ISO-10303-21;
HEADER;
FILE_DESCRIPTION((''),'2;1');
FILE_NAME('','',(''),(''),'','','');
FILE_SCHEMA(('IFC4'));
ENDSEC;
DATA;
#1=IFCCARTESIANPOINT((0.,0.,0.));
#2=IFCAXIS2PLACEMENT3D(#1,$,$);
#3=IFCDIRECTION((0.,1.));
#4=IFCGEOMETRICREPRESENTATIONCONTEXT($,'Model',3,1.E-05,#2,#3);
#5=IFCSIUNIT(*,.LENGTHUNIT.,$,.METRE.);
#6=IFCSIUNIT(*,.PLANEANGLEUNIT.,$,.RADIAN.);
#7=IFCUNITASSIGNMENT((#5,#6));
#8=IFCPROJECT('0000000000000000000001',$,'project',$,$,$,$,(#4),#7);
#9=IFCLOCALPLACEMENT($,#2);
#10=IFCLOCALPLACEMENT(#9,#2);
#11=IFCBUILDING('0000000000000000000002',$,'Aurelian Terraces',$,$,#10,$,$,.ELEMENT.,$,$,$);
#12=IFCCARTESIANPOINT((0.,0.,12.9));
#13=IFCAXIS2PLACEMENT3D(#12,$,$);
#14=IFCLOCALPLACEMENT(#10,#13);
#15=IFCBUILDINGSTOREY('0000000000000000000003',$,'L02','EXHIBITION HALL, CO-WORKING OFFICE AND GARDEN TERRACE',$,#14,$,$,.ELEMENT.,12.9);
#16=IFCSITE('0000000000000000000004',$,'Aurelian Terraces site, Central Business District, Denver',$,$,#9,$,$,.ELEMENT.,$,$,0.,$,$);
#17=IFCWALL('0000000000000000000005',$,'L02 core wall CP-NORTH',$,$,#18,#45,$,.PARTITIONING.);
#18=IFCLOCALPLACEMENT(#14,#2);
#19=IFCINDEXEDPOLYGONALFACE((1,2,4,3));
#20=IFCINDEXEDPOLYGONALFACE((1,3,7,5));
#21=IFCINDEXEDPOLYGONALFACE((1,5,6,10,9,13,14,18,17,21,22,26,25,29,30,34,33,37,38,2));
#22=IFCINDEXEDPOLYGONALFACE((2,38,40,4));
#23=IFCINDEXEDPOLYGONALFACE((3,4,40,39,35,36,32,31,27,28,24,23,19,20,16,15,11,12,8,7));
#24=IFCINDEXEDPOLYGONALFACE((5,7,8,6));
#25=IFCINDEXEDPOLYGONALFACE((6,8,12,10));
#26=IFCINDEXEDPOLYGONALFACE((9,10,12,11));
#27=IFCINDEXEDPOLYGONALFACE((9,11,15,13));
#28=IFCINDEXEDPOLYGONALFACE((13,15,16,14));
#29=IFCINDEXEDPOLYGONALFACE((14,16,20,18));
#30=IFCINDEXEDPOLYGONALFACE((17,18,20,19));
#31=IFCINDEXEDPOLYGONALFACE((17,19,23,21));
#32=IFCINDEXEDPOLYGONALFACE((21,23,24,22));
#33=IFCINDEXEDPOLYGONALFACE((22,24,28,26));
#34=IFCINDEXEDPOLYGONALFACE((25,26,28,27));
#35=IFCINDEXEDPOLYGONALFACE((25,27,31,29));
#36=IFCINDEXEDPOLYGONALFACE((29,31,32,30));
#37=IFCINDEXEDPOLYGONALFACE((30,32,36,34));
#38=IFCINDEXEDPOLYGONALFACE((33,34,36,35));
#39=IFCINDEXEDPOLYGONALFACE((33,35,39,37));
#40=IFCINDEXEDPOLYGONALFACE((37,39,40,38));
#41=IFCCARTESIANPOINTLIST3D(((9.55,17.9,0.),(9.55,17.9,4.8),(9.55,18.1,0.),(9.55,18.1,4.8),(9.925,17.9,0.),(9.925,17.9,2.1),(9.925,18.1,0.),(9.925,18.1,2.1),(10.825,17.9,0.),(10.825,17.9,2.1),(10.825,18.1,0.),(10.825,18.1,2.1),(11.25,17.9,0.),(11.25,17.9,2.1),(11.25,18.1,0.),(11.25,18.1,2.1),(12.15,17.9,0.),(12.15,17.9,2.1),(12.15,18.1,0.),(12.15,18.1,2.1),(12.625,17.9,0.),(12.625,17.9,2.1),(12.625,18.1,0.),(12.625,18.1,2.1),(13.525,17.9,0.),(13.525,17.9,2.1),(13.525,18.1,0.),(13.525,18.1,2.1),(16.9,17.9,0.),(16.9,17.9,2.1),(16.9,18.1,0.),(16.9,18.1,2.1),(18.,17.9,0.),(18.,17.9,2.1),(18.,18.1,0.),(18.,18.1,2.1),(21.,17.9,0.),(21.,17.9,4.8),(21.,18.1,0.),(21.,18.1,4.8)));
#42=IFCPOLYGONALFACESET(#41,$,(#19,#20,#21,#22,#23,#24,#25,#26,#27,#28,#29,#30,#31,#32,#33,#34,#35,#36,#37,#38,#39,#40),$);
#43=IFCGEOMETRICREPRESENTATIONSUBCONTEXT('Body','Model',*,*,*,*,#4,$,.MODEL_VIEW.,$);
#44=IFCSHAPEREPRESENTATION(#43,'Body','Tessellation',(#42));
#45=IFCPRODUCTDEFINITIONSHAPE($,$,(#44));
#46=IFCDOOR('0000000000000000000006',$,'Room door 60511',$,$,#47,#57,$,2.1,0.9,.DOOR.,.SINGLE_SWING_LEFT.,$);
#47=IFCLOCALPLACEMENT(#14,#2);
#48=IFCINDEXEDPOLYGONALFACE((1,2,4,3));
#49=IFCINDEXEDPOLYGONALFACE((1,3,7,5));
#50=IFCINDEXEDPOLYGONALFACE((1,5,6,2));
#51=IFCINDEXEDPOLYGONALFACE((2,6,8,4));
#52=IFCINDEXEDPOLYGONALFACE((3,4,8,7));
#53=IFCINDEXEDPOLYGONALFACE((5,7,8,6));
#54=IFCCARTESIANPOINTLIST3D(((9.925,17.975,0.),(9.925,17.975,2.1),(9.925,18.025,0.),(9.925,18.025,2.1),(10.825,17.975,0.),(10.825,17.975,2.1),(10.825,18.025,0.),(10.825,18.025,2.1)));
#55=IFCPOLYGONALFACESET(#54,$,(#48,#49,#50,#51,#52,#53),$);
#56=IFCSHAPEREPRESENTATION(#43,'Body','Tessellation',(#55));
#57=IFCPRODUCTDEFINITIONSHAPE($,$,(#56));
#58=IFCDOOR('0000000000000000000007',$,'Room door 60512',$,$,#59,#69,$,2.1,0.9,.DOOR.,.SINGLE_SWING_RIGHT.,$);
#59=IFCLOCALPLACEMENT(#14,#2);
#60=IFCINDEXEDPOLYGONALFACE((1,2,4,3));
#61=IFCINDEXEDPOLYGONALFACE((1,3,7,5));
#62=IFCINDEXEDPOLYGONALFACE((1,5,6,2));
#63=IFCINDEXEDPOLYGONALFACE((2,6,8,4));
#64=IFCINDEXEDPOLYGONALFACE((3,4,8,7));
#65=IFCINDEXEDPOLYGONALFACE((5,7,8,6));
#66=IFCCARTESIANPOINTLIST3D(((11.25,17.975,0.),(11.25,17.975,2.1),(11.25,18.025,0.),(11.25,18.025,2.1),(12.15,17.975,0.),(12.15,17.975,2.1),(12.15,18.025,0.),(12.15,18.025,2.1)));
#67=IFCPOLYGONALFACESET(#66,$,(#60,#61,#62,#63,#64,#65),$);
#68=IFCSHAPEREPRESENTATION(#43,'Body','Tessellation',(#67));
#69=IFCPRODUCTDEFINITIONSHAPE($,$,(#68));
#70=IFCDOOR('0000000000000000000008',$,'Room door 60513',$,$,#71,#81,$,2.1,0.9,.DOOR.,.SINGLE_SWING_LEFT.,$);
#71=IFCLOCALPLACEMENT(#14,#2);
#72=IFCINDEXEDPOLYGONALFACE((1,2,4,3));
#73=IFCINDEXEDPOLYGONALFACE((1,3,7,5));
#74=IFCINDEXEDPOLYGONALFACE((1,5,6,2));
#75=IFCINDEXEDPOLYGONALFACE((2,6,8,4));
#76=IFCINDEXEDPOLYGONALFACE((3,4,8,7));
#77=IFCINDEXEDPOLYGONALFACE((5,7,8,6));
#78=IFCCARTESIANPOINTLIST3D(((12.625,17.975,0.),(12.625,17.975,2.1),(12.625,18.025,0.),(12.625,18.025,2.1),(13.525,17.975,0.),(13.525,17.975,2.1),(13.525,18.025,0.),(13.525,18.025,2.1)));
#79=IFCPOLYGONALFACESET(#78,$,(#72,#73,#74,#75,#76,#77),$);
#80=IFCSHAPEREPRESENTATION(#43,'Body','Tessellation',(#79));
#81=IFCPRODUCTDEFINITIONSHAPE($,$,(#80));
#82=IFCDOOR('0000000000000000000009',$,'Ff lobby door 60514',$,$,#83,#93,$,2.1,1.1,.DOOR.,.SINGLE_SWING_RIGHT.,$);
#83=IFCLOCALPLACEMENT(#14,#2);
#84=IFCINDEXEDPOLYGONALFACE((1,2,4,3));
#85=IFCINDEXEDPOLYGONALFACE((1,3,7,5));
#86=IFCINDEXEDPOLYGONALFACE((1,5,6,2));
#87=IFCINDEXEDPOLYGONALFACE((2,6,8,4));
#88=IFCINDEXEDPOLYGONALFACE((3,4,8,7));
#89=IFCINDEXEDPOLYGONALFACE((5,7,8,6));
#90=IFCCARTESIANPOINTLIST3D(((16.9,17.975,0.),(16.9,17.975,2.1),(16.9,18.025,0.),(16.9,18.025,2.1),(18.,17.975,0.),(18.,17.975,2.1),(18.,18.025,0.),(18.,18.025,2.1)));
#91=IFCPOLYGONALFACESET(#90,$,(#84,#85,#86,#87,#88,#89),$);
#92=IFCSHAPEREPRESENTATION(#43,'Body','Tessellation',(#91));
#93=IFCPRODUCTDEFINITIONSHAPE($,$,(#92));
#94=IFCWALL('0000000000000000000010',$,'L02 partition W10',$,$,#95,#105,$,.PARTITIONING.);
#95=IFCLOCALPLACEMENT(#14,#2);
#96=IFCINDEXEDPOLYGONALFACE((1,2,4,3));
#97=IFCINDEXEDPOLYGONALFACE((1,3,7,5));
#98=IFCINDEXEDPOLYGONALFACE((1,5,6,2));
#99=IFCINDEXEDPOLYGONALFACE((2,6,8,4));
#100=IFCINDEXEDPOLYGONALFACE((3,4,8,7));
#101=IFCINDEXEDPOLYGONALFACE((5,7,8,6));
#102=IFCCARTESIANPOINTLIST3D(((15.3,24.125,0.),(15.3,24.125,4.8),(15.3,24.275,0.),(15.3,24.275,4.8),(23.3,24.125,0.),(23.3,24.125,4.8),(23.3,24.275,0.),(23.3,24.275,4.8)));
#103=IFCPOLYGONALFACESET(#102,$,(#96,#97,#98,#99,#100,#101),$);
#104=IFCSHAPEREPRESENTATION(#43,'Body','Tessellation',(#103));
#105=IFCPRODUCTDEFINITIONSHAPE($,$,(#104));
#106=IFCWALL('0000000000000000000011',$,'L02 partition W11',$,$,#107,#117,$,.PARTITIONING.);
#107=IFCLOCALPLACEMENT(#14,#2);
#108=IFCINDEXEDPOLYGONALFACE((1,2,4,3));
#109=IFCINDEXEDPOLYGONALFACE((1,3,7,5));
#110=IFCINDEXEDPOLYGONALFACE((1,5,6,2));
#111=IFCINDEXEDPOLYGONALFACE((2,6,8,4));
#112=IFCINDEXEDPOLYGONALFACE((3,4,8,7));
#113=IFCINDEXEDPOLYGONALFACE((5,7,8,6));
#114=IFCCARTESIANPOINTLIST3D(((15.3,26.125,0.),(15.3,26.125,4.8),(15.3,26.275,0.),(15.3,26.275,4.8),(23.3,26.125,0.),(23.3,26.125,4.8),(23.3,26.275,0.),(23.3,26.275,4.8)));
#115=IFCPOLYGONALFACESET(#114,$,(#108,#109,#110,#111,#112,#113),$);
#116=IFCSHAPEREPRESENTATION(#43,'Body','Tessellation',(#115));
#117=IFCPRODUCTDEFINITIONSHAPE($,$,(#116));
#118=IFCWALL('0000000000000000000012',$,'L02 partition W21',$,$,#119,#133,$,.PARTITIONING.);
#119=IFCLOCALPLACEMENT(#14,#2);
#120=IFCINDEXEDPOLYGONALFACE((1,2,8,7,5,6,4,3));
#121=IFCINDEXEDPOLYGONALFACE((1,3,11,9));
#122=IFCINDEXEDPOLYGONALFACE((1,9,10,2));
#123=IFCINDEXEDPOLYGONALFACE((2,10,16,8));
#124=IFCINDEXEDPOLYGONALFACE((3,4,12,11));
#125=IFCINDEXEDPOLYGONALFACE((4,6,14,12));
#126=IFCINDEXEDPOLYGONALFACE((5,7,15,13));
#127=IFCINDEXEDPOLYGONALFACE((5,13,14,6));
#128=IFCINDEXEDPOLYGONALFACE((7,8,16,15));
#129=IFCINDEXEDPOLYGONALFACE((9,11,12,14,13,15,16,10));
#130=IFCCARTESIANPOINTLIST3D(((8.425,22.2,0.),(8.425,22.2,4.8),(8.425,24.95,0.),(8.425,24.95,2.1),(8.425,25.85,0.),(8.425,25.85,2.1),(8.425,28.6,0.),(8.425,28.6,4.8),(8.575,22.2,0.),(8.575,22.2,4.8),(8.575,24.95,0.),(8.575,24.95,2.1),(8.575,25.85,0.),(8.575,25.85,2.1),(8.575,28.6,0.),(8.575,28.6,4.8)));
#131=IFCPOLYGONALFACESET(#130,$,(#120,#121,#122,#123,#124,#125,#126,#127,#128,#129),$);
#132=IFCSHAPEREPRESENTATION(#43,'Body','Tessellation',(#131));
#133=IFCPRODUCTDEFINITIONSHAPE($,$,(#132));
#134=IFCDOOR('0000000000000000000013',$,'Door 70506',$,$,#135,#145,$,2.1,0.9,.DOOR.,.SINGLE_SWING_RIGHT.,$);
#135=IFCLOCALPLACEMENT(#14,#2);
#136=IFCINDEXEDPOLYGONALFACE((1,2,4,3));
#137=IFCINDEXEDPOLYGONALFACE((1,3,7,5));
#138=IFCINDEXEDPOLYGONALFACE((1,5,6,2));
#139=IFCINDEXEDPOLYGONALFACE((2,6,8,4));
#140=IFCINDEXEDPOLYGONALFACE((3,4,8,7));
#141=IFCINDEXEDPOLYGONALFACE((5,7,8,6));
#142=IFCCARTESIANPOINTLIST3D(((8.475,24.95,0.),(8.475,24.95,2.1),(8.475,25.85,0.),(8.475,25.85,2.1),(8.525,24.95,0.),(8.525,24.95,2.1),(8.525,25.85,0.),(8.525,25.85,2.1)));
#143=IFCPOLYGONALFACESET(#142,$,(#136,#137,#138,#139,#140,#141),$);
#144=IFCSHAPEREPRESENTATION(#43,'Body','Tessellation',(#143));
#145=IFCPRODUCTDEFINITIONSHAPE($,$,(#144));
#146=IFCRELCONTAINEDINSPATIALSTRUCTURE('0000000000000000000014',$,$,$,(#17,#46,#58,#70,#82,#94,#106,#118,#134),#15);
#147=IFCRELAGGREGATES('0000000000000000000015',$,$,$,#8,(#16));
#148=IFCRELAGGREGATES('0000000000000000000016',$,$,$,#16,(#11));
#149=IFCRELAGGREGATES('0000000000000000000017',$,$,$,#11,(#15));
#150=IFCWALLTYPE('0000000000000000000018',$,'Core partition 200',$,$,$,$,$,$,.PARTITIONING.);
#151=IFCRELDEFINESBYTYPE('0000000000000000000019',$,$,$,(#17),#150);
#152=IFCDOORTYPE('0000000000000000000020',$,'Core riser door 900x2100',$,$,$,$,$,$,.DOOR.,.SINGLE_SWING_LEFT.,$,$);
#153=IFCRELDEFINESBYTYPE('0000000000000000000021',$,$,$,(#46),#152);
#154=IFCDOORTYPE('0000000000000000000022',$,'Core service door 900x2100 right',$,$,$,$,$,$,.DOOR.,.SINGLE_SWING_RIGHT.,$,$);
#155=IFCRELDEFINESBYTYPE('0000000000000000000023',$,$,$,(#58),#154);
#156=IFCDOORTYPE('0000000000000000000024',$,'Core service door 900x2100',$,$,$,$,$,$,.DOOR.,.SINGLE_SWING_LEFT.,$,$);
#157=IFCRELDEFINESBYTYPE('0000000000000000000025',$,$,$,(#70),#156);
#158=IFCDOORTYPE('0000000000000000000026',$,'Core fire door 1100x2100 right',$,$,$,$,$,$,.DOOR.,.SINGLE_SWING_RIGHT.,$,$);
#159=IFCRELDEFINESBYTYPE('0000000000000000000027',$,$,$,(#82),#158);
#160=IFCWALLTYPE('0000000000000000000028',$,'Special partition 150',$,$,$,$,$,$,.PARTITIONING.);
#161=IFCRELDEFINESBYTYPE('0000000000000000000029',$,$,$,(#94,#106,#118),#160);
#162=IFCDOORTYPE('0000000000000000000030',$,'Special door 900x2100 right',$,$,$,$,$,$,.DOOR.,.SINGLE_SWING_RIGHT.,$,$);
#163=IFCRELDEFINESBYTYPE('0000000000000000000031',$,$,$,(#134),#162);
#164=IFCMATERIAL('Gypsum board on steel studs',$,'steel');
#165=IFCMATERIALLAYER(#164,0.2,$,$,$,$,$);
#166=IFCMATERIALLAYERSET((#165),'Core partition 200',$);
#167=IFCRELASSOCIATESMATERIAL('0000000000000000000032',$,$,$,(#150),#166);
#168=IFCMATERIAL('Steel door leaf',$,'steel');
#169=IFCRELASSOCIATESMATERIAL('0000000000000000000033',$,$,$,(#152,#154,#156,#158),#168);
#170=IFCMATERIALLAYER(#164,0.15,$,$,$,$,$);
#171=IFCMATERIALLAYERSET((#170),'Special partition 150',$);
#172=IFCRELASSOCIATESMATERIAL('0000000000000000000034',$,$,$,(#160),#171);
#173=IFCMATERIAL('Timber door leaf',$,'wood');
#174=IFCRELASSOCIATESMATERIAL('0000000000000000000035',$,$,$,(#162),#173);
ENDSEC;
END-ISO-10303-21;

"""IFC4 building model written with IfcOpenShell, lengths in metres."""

from ifc_helpers import new_model, si_unit, direction, frame, frame_2d, origin, place, context, subcontext, project, spatial, rectangle, extrude, source, transform, mapped, material, layer, layer_set, type_object, element, fill, save


model = new_model("IFC4")

# Units and contexts
model_context = context("Model", 3, precision=1e-05, world=origin(), true_north=direction((0.0, 1.0)))
body_context = subcontext(model_context, "Body", "Model", "MODEL_VIEW")
ifc_project = project(units=[si_unit("LENGTHUNIT", "METRE"), si_unit("PLANEANGLEUNIT", "RADIAN")], contexts=[model_context])

# Site, building, storey
site_placement = place(None, origin())
site = spatial("IfcSite", under=ifc_project, at=site_placement, Name="Aurelian Terraces site, Central Business District, Denver", CompositionType="ELEMENT", RefElevation=0.0)
building_placement = place(site_placement, origin())
building = spatial("IfcBuilding", under=site, at=building_placement, Name="Aurelian Terraces", CompositionType="ELEMENT")
storey_placement = place(building_placement, frame((0.0, 0.0, 12.9)))
storey = spatial("IfcBuildingStorey", under=building, at=storey_placement, Name="L02", Description="EXHIBITION HALL, CO-WORKING OFFICE AND GARDEN TERRACE", CompositionType="ELEMENT", Elevation=12.9)

# Shared definitions
ifc_material_1 = material(Name="Gypsum board on steel studs", Category="steel")
ifc_layer_1 = layer(ifc_material_1, 0.2)
ifc_layer_set_1 = layer_set([ifc_layer_1], Name="Core partition 200")
wall_type_1 = type_object("IfcWallType", Name="Core partition 200", PredefinedType="PARTITIONING", material=ifc_layer_set_1)

# Wall, openings, doors
shared_shape_1 = source(origin(), body_context, "Body", "SweptSolid", [
    extrude(rectangle(XDim=0.9, YDim=2.1, at=frame_2d((0.45, 1.05))), frame((0.0, 0.11, 0.0), z_axis=(0.0, -1.0, 0.0), x_axis=(1.0, 0.0, 0.0)), (0.0, 0.0, 1.0), 0.22),
])
ifc_material_2 = material(Name="Steel door leaf", Category="steel")
door_type_1 = type_object("IfcDoorType", Name="Core riser door 900x2100", OperationType="SINGLE_SWING_LEFT", PredefinedType="DOOR", material=ifc_material_2)
shared_shape_2 = source(origin(), body_context, "Body", "SweptSolid", [
    extrude(rectangle(XDim=0.9, YDim=2.1, at=frame_2d((0.45, 1.05))), frame((0.0, 0.025, 0.0), z_axis=(0.0, -1.0, 0.0), x_axis=(1.0, 0.0, 0.0)), (0.0, 0.0, 1.0), 0.05),
])
shared_shape_3 = source(origin(), body_context, "Body", "SweptSolid", [
    extrude(rectangle(XDim=11.45, YDim=0.2, at=frame_2d((5.725, 0.0))), origin(), (0.0, 0.0, 1.0), 4.8),
])
wall_1_placement = place(storey_placement, frame((9.55, 18.0, 0.0), z_axis=(0.0, 0.0, 1.0), x_axis=(1.0, 0.0, 0.0)))
wall_1 = element("IfcWall", 1, at=wall_1_placement, inside=storey, type_object=wall_type_1, Name="L02 core wall CP-NORTH", PredefinedType="PARTITIONING", context=body_context, shape_type="MappedRepresentation", body=[
    mapped(shared_shape_3, transform((0.0, 0.0, 0.0), scale=1.0)),
])
opening_1_placement = place(wall_1_placement, frame((0.375, 0.0, 0.0)))
opening_1 = element("IfcOpeningElement", 2, at=opening_1_placement, cuts=wall_1, PredefinedType="OPENING", context=body_context, shape_type="MappedRepresentation", body=[
    mapped(shared_shape_1, transform((0.0, 0.0, 0.0), scale=1.0)),
])
opening_2_placement = place(wall_1_placement, frame((1.7, 0.0, 0.0)))
opening_2 = element("IfcOpeningElement", 3, at=opening_2_placement, cuts=wall_1, PredefinedType="OPENING", context=body_context, shape_type="MappedRepresentation", body=[
    mapped(shared_shape_1, transform((0.0, 0.0, 0.0), scale=1.0)),
])
opening_3_placement = place(wall_1_placement, frame((3.075, 0.0, 0.0)))
opening_3 = element("IfcOpeningElement", 4, at=opening_3_placement, cuts=wall_1, PredefinedType="OPENING", context=body_context, shape_type="MappedRepresentation", body=[
    mapped(shared_shape_1, transform((0.0, 0.0, 0.0), scale=1.0)),
])
shared_shape_4 = source(origin(), body_context, "Body", "SweptSolid", [
    extrude(rectangle(XDim=1.1, YDim=2.1, at=frame_2d((0.55, 1.05))), frame((0.0, 0.11, 0.0), z_axis=(0.0, -1.0, 0.0), x_axis=(1.0, 0.0, 0.0)), (0.0, 0.0, 1.0), 0.22),
])
opening_4_placement = place(wall_1_placement, frame((7.35, 0.0, 0.0)))
opening_4 = element("IfcOpeningElement", 5, at=opening_4_placement, cuts=wall_1, PredefinedType="OPENING", context=body_context, shape_type="MappedRepresentation", body=[
    mapped(shared_shape_4, transform((0.0, 0.0, 0.0), scale=1.0)),
])
door_1_placement = place(opening_1_placement, origin())
door_1 = element("IfcDoor", 6, at=door_1_placement, inside=storey, type_object=door_type_1, Name="Room door 60511", OperationType="SINGLE_SWING_LEFT", OverallHeight=2.1, OverallWidth=0.9, PredefinedType="DOOR", context=body_context, shape_type="MappedRepresentation", body=[
    mapped(shared_shape_2, transform((0.0, 0.0, 0.0), scale=1.0)),
])
fill(opening_1, door_1)
door_type_2 = type_object("IfcDoorType", Name="Core service door 900x2100 right", OperationType="SINGLE_SWING_RIGHT", PredefinedType="DOOR", material=ifc_material_2)
door_2_placement = place(opening_2_placement, origin())
door_2 = element("IfcDoor", 7, at=door_2_placement, inside=storey, type_object=door_type_2, Name="Room door 60512", OperationType="SINGLE_SWING_RIGHT", OverallHeight=2.1, OverallWidth=0.9, PredefinedType="DOOR", context=body_context, shape_type="MappedRepresentation", body=[
    mapped(shared_shape_2, transform((0.0, 0.0, 0.0), scale=1.0)),
])
fill(opening_2, door_2)
door_type_3 = type_object("IfcDoorType", Name="Core service door 900x2100", OperationType="SINGLE_SWING_LEFT", PredefinedType="DOOR", material=ifc_material_2)
door_3_placement = place(opening_3_placement, origin())
door_3 = element("IfcDoor", 8, at=door_3_placement, inside=storey, type_object=door_type_3, Name="Room door 60513", OperationType="SINGLE_SWING_LEFT", OverallHeight=2.1, OverallWidth=0.9, PredefinedType="DOOR", context=body_context, shape_type="MappedRepresentation", body=[
    mapped(shared_shape_2, transform((0.0, 0.0, 0.0), scale=1.0)),
])
fill(opening_3, door_3)
door_type_4 = type_object("IfcDoorType", Name="Core fire door 1100x2100 right", OperationType="SINGLE_SWING_RIGHT", PredefinedType="DOOR", material=ifc_material_2)
shared_shape_5 = source(origin(), body_context, "Body", "SweptSolid", [
    extrude(rectangle(XDim=1.1, YDim=2.1, at=frame_2d((0.55, 1.05))), frame((0.0, 0.025, 0.0), z_axis=(0.0, -1.0, 0.0), x_axis=(1.0, 0.0, 0.0)), (0.0, 0.0, 1.0), 0.05),
])
door_4_placement = place(opening_4_placement, origin())
door_4 = element("IfcDoor", 9, at=door_4_placement, inside=storey, type_object=door_type_4, Name="Ff lobby door 60514", OperationType="SINGLE_SWING_RIGHT", OverallHeight=2.1, OverallWidth=1.1, PredefinedType="DOOR", context=body_context, shape_type="MappedRepresentation", body=[
    mapped(shared_shape_5, transform((0.0, 0.0, 0.0), scale=1.0)),
])
fill(opening_4, door_4)

# Walls
ifc_layer_2 = layer(ifc_material_1, 0.15)
ifc_layer_set_2 = layer_set([ifc_layer_2], Name="Special partition 150")
wall_type_2 = type_object("IfcWallType", Name="Special partition 150", PredefinedType="PARTITIONING", material=ifc_layer_set_2)
shared_shape_6 = source(origin(), body_context, "Body", "SweptSolid", [
    extrude(rectangle(XDim=8.0, YDim=0.15, at=frame_2d((4.0, 0.0))), origin(), (0.0, 0.0, 1.0), 4.8),
])
for number, where, z_axis, x_axis, name in (
    (10, (15.3, 24.2, 0.0), (0.0, 0.0, 1.0), (1.0, 0.0, 0.0), "L02 partition W10"),
    (11, (15.3, 26.2, 0.0), (0.0, 0.0, 1.0), (1.0, 0.0, 0.0), "L02 partition W11"),
):
    element("IfcWall", number, at=place(storey_placement, frame(where, z_axis=z_axis, x_axis=x_axis)), inside=storey, type_object=wall_type_2, Name=name, PredefinedType="PARTITIONING", context=body_context, shape_type="MappedRepresentation", body=[
        mapped(shared_shape_6, transform((0.0, 0.0, 0.0), scale=1.0)),
    ])

# Wall, opening, door
shared_shape_7 = source(origin(), body_context, "Body", "SweptSolid", [
    extrude(rectangle(XDim=6.4, YDim=0.15, at=frame_2d((3.2, 0.0))), origin(), (0.0, 0.0, 1.0), 4.8),
])
wall_2_placement = place(storey_placement, frame((8.5, 22.2, 0.0), z_axis=(0.0, 0.0, 1.0), x_axis=(0.0, 1.0, 0.0)))
wall_2 = element("IfcWall", 12, at=wall_2_placement, inside=storey, type_object=wall_type_2, Name="L02 partition W21", PredefinedType="PARTITIONING", context=body_context, shape_type="MappedRepresentation", body=[
    mapped(shared_shape_7, transform((0.0, 0.0, 0.0), scale=1.0)),
])
shared_shape_8 = source(origin(), body_context, "Body", "SweptSolid", [
    extrude(rectangle(XDim=0.9, YDim=2.1, at=frame_2d((0.45, 1.05))), frame((0.0, 0.085, 0.0), z_axis=(0.0, -1.0, 0.0), x_axis=(1.0, 0.0, 0.0)), (0.0, 0.0, 1.0), 0.17),
])
opening_5_placement = place(wall_2_placement, frame((2.75, 0.0, 0.0)))
opening_5 = element("IfcOpeningElement", 13, at=opening_5_placement, cuts=wall_2, PredefinedType="OPENING", context=body_context, shape_type="MappedRepresentation", body=[
    mapped(shared_shape_8, transform((0.0, 0.0, 0.0), scale=1.0)),
])
ifc_material_3 = material(Name="Timber door leaf", Category="wood")
door_type_5 = type_object("IfcDoorType", Name="Special door 900x2100 right", OperationType="SINGLE_SWING_RIGHT", PredefinedType="DOOR", material=ifc_material_3)
door_5_placement = place(opening_5_placement, origin())
door_5 = element("IfcDoor", 14, at=door_5_placement, inside=storey, type_object=door_type_5, Name="Door 70506", OperationType="SINGLE_SWING_RIGHT", OverallHeight=2.1, OverallWidth=0.9, PredefinedType="DOOR", context=body_context, shape_type="MappedRepresentation", body=[
    mapped(shared_shape_2, transform((0.0, 0.0, 0.0), scale=1.0)),
])
fill(opening_5, door_5)

save(model, "model.ifc")
